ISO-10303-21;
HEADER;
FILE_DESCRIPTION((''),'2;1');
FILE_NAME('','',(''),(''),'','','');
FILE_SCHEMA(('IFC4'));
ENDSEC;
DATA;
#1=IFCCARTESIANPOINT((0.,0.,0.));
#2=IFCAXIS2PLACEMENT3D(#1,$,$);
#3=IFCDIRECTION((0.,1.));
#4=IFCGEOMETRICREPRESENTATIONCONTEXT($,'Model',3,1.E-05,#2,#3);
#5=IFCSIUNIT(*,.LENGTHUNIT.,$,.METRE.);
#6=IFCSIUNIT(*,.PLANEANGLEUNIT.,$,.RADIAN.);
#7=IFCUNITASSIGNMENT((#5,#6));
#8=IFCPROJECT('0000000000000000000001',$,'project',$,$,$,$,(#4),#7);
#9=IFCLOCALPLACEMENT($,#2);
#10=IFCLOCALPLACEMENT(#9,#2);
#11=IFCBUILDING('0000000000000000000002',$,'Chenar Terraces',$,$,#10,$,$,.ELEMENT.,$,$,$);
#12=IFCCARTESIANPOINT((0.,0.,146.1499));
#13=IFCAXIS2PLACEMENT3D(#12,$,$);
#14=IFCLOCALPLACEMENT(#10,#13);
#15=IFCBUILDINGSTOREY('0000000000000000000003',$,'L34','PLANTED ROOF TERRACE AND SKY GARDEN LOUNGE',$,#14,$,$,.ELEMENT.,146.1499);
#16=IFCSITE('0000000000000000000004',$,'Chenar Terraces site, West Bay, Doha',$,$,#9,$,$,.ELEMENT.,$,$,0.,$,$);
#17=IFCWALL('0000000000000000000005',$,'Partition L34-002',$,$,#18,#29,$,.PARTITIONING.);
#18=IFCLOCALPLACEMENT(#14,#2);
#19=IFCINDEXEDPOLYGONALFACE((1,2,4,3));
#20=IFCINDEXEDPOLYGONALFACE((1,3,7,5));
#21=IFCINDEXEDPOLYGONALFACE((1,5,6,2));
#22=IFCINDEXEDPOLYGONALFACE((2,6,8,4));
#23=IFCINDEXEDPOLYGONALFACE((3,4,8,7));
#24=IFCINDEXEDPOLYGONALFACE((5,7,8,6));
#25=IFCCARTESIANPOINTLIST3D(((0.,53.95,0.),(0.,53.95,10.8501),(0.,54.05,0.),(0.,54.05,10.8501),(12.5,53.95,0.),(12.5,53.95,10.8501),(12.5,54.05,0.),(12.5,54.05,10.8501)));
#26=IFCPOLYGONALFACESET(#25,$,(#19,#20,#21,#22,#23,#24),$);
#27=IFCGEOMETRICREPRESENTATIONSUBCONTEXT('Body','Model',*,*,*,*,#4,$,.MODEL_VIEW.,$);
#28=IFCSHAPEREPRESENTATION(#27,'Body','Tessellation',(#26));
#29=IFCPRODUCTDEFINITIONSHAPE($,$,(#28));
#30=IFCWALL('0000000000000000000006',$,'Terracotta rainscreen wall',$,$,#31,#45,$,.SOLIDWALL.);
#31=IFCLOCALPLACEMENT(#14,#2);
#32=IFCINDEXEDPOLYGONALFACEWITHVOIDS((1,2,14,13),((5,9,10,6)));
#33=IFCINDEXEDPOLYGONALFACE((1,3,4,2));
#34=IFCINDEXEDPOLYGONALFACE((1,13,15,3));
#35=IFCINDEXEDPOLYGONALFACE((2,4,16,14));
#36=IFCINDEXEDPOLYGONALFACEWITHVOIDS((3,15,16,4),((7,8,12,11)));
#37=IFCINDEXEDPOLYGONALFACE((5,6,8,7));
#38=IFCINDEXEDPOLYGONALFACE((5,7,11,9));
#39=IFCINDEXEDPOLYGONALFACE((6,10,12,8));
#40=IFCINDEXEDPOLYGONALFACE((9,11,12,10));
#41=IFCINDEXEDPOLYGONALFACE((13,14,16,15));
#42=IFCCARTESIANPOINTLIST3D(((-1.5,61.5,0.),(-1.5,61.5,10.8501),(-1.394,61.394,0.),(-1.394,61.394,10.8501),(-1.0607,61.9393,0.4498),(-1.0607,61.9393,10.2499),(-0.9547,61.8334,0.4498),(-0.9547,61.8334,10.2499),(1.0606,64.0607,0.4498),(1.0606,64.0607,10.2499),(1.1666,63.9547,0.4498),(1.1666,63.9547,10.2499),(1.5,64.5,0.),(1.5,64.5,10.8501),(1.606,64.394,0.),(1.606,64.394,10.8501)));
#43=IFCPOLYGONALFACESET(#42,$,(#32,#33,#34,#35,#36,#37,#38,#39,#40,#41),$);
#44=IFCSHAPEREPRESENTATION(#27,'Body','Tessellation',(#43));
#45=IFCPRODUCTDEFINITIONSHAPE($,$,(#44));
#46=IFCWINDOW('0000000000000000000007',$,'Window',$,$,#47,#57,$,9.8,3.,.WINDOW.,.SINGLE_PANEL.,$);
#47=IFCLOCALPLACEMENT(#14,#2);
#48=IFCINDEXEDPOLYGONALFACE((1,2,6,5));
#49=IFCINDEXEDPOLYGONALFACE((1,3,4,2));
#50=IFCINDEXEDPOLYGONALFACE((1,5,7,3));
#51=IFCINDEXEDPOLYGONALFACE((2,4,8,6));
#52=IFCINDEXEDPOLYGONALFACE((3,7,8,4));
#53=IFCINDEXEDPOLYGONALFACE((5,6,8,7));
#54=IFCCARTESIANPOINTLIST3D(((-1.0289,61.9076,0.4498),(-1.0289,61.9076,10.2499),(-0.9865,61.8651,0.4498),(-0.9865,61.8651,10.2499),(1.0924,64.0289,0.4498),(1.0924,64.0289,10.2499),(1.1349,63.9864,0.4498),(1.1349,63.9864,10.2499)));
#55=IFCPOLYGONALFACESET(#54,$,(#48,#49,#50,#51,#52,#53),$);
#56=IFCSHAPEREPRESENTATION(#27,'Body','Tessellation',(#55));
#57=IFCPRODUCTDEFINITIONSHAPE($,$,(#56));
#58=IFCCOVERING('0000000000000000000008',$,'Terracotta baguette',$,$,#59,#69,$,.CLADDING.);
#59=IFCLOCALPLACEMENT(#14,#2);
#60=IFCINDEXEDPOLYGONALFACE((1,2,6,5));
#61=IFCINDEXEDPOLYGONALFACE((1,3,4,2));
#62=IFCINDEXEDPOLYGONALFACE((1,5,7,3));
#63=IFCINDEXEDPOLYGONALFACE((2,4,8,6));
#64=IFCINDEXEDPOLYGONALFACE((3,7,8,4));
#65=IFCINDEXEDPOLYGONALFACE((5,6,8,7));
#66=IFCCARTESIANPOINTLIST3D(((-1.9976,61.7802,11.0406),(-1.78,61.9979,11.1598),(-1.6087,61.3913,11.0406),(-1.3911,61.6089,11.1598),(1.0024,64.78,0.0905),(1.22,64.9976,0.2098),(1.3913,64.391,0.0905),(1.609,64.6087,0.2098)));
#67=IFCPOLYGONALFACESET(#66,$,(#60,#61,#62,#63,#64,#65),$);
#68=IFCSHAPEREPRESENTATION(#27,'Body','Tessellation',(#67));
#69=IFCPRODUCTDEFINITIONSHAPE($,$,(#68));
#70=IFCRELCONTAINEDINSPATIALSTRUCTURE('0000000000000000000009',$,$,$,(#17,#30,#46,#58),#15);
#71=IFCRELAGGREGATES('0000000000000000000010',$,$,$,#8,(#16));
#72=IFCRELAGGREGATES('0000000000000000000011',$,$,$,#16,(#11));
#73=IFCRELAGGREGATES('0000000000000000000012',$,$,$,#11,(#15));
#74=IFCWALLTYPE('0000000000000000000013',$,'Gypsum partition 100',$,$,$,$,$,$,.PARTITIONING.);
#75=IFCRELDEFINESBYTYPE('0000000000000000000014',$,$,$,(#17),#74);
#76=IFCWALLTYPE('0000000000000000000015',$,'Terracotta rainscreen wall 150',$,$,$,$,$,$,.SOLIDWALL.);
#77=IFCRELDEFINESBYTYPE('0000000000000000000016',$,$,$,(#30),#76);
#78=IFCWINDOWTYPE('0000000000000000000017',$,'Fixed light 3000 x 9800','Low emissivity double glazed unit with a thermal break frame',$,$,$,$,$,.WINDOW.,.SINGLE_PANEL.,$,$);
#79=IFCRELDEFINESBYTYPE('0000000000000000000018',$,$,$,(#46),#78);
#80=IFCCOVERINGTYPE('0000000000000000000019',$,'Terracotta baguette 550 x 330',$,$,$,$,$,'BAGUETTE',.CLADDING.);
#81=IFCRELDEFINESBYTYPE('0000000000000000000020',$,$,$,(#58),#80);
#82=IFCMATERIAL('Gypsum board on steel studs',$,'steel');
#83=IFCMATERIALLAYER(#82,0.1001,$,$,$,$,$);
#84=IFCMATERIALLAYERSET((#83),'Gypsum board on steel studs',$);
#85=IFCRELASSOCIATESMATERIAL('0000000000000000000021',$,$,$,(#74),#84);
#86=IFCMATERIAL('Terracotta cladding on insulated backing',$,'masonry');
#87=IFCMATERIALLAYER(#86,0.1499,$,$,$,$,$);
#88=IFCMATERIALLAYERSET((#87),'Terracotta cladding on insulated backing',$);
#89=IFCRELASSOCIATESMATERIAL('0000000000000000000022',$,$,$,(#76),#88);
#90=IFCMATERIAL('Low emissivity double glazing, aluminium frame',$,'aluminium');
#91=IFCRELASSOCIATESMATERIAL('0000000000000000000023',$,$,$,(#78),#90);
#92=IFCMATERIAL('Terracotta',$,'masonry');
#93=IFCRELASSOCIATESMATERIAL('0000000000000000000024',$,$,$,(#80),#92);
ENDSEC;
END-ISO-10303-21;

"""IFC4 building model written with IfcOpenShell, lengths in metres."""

from ifc_helpers import new_model, si_unit, direction, frame, frame_2d, origin, origin_2d, place, context, subcontext, project, spatial, rectangle, extrude, material, layer, layer_set, material_profile, profile_set, type_object, element, fill, save


model = new_model("IFC4")

# Units and contexts
model_context = context("Model", 3, precision=1e-05, world=origin(), true_north=direction((0.0, 1.0)))
body_context = subcontext(model_context, "Body", "Model", "MODEL_VIEW")
ifc_project = project(units=[si_unit("LENGTHUNIT", "METRE"), si_unit("PLANEANGLEUNIT", "RADIAN")], contexts=[model_context])

# Site, building, storey
site_placement = place(None, origin())
site = spatial("IfcSite", under=ifc_project, at=site_placement, Name="Chenar Terraces site, West Bay, Doha", CompositionType="ELEMENT", RefElevation=0.0)
building_placement = place(site_placement, origin())
building = spatial("IfcBuilding", under=site, at=building_placement, Name="Chenar Terraces", CompositionType="ELEMENT")
storey_placement = place(building_placement, frame((0.0, 0.0, 146.1499)))
storey = spatial("IfcBuildingStorey", under=building, at=storey_placement, Name="L34", Description="PLANTED ROOF TERRACE AND SKY GARDEN LOUNGE", CompositionType="ELEMENT", Elevation=146.1499)

# Shared definitions
placement_1 = place(storey_placement, frame((0.0, 54.0, 0.0), z_axis=(0.0, 0.0, 1.0), x_axis=(1.0, 0.0, 0.0)))

# Wall
ifc_material_1 = material(Name="Gypsum board on steel studs", Category="steel")
ifc_layer_1 = layer(ifc_material_1, 0.1001)
ifc_layer_set_1 = layer_set([ifc_layer_1], Name="Gypsum board on steel studs")
wall_type_1 = type_object("IfcWallType", Name="Gypsum partition 100", PredefinedType="PARTITIONING", material=ifc_layer_set_1)
element("IfcWall", 1, at=placement_1, inside=storey, type_object=wall_type_1, Name="Partition L34-002", PredefinedType="PARTITIONING", context=body_context, shape_type="SweptSolid", body=[
    extrude(rectangle(XDim=12.5, YDim=0.1001, at=frame_2d((6.25, 0.0))), origin(), (0.0, 0.0, 1.0), 10.8501),
])

# Wall, opening, window
ifc_material_2 = material(Name="Terracotta cladding on insulated backing", Category="masonry")
ifc_layer_2 = layer(ifc_material_2, 0.1499)
ifc_layer_set_2 = layer_set([ifc_layer_2], Name="Terracotta cladding on insulated backing")
wall_type_2 = type_object("IfcWallType", Name="Terracotta rainscreen wall 150", PredefinedType="SOLIDWALL", material=ifc_layer_set_2)
wall_1_placement = place(storey_placement, frame((1.553, 64.447, 0.0), z_axis=(0.0, 0.0, 1.0), x_axis=(-0.707107, -0.707107, 0.0)))
wall_1 = element("IfcWall", 2, at=wall_1_placement, inside=storey, type_object=wall_type_2, Name="Terracotta rainscreen wall", PredefinedType="SOLIDWALL", context=body_context, shape_type="SweptSolid", body=[
    extrude(rectangle(XDim=4.2427, YDim=0.1499, at=frame_2d((2.1213, 0.0))), origin(), (0.0, 0.0, 1.0), 10.8501),
])
opening_placement = place(wall_1_placement, frame((0.6213, 0.0, 0.45)))
opening = element("IfcOpeningElement", 3, at=opening_placement, cuts=wall_1, PredefinedType="OPENING", context=body_context, shape_type="SweptSolid", body=[
    extrude(rectangle(XDim=3.0, YDim=9.8, at=frame_2d((1.5, 4.8999))), frame((0.0, 0.085, 0.0), z_axis=(0.0, -1.0, 0.0), x_axis=(1.0, 0.0, 0.0)), (0.0, 0.0, 1.0), 0.1699),
])
ifc_material_3 = material(Name="Low emissivity double glazing, aluminium frame", Category="aluminium")
window_type = type_object("IfcWindowType", Name="Fixed light 3000 x 9800", Description="Low emissivity double glazed unit with a thermal break frame", PartitioningType="SINGLE_PANEL", PredefinedType="WINDOW", material=ifc_material_3)
window_placement = place(opening_placement, origin())
window = element("IfcWindow", 4, at=window_placement, inside=storey, type_object=window_type, Name="Window", OverallHeight=9.8, OverallWidth=3.0, PartitioningType="SINGLE_PANEL", PredefinedType="WINDOW", context=body_context, shape_type="SweptSolid", body=[
    extrude(rectangle(XDim=3.0, YDim=9.8, at=frame_2d((1.5, 4.8999))), frame((0.0, 0.03, 0.0), z_axis=(0.0, -1.0, 0.0), x_axis=(1.0, 0.0, 0.0)), (0.0, 0.0, 1.0), 0.0601),
])
fill(opening, window)

# Covering
ifc_material_4 = material(Name="Terracotta", Category="masonry")
ifc_material_profile_1 = material_profile(ifc_material_4, rectangle(XDim=0.55, YDim=0.3301, at=origin_2d()), Name="Terracotta baguette 550 x 330")
ifc_profile_set_1 = profile_set([ifc_material_profile_1], Name="Terracotta")
covering_type = type_object("IfcCoveringType", Name="Terracotta baguette 550 x 330", ElementType="BAGUETTE", PredefinedType="CLADDING", material=ifc_profile_set_1)
covering_placement = place(storey_placement, frame((1.3057, 64.6943, 0.1501), z_axis=(-0.25547, -0.255449, 0.93246), x_axis=(0.707078, -0.707136, 0.0)))
element("IfcCovering", 5, at=covering_placement, inside=storey, type_object=covering_type, Name="Terracotta baguette", PredefinedType="CLADDING", context=body_context, shape_type="SweptSolid", body=[
    extrude(rectangle(XDim=0.55, YDim=0.3301, at=origin_2d()), origin(), (0.0, 0.0, 1.0), 11.7432),
])

save(model, "model.ifc")
